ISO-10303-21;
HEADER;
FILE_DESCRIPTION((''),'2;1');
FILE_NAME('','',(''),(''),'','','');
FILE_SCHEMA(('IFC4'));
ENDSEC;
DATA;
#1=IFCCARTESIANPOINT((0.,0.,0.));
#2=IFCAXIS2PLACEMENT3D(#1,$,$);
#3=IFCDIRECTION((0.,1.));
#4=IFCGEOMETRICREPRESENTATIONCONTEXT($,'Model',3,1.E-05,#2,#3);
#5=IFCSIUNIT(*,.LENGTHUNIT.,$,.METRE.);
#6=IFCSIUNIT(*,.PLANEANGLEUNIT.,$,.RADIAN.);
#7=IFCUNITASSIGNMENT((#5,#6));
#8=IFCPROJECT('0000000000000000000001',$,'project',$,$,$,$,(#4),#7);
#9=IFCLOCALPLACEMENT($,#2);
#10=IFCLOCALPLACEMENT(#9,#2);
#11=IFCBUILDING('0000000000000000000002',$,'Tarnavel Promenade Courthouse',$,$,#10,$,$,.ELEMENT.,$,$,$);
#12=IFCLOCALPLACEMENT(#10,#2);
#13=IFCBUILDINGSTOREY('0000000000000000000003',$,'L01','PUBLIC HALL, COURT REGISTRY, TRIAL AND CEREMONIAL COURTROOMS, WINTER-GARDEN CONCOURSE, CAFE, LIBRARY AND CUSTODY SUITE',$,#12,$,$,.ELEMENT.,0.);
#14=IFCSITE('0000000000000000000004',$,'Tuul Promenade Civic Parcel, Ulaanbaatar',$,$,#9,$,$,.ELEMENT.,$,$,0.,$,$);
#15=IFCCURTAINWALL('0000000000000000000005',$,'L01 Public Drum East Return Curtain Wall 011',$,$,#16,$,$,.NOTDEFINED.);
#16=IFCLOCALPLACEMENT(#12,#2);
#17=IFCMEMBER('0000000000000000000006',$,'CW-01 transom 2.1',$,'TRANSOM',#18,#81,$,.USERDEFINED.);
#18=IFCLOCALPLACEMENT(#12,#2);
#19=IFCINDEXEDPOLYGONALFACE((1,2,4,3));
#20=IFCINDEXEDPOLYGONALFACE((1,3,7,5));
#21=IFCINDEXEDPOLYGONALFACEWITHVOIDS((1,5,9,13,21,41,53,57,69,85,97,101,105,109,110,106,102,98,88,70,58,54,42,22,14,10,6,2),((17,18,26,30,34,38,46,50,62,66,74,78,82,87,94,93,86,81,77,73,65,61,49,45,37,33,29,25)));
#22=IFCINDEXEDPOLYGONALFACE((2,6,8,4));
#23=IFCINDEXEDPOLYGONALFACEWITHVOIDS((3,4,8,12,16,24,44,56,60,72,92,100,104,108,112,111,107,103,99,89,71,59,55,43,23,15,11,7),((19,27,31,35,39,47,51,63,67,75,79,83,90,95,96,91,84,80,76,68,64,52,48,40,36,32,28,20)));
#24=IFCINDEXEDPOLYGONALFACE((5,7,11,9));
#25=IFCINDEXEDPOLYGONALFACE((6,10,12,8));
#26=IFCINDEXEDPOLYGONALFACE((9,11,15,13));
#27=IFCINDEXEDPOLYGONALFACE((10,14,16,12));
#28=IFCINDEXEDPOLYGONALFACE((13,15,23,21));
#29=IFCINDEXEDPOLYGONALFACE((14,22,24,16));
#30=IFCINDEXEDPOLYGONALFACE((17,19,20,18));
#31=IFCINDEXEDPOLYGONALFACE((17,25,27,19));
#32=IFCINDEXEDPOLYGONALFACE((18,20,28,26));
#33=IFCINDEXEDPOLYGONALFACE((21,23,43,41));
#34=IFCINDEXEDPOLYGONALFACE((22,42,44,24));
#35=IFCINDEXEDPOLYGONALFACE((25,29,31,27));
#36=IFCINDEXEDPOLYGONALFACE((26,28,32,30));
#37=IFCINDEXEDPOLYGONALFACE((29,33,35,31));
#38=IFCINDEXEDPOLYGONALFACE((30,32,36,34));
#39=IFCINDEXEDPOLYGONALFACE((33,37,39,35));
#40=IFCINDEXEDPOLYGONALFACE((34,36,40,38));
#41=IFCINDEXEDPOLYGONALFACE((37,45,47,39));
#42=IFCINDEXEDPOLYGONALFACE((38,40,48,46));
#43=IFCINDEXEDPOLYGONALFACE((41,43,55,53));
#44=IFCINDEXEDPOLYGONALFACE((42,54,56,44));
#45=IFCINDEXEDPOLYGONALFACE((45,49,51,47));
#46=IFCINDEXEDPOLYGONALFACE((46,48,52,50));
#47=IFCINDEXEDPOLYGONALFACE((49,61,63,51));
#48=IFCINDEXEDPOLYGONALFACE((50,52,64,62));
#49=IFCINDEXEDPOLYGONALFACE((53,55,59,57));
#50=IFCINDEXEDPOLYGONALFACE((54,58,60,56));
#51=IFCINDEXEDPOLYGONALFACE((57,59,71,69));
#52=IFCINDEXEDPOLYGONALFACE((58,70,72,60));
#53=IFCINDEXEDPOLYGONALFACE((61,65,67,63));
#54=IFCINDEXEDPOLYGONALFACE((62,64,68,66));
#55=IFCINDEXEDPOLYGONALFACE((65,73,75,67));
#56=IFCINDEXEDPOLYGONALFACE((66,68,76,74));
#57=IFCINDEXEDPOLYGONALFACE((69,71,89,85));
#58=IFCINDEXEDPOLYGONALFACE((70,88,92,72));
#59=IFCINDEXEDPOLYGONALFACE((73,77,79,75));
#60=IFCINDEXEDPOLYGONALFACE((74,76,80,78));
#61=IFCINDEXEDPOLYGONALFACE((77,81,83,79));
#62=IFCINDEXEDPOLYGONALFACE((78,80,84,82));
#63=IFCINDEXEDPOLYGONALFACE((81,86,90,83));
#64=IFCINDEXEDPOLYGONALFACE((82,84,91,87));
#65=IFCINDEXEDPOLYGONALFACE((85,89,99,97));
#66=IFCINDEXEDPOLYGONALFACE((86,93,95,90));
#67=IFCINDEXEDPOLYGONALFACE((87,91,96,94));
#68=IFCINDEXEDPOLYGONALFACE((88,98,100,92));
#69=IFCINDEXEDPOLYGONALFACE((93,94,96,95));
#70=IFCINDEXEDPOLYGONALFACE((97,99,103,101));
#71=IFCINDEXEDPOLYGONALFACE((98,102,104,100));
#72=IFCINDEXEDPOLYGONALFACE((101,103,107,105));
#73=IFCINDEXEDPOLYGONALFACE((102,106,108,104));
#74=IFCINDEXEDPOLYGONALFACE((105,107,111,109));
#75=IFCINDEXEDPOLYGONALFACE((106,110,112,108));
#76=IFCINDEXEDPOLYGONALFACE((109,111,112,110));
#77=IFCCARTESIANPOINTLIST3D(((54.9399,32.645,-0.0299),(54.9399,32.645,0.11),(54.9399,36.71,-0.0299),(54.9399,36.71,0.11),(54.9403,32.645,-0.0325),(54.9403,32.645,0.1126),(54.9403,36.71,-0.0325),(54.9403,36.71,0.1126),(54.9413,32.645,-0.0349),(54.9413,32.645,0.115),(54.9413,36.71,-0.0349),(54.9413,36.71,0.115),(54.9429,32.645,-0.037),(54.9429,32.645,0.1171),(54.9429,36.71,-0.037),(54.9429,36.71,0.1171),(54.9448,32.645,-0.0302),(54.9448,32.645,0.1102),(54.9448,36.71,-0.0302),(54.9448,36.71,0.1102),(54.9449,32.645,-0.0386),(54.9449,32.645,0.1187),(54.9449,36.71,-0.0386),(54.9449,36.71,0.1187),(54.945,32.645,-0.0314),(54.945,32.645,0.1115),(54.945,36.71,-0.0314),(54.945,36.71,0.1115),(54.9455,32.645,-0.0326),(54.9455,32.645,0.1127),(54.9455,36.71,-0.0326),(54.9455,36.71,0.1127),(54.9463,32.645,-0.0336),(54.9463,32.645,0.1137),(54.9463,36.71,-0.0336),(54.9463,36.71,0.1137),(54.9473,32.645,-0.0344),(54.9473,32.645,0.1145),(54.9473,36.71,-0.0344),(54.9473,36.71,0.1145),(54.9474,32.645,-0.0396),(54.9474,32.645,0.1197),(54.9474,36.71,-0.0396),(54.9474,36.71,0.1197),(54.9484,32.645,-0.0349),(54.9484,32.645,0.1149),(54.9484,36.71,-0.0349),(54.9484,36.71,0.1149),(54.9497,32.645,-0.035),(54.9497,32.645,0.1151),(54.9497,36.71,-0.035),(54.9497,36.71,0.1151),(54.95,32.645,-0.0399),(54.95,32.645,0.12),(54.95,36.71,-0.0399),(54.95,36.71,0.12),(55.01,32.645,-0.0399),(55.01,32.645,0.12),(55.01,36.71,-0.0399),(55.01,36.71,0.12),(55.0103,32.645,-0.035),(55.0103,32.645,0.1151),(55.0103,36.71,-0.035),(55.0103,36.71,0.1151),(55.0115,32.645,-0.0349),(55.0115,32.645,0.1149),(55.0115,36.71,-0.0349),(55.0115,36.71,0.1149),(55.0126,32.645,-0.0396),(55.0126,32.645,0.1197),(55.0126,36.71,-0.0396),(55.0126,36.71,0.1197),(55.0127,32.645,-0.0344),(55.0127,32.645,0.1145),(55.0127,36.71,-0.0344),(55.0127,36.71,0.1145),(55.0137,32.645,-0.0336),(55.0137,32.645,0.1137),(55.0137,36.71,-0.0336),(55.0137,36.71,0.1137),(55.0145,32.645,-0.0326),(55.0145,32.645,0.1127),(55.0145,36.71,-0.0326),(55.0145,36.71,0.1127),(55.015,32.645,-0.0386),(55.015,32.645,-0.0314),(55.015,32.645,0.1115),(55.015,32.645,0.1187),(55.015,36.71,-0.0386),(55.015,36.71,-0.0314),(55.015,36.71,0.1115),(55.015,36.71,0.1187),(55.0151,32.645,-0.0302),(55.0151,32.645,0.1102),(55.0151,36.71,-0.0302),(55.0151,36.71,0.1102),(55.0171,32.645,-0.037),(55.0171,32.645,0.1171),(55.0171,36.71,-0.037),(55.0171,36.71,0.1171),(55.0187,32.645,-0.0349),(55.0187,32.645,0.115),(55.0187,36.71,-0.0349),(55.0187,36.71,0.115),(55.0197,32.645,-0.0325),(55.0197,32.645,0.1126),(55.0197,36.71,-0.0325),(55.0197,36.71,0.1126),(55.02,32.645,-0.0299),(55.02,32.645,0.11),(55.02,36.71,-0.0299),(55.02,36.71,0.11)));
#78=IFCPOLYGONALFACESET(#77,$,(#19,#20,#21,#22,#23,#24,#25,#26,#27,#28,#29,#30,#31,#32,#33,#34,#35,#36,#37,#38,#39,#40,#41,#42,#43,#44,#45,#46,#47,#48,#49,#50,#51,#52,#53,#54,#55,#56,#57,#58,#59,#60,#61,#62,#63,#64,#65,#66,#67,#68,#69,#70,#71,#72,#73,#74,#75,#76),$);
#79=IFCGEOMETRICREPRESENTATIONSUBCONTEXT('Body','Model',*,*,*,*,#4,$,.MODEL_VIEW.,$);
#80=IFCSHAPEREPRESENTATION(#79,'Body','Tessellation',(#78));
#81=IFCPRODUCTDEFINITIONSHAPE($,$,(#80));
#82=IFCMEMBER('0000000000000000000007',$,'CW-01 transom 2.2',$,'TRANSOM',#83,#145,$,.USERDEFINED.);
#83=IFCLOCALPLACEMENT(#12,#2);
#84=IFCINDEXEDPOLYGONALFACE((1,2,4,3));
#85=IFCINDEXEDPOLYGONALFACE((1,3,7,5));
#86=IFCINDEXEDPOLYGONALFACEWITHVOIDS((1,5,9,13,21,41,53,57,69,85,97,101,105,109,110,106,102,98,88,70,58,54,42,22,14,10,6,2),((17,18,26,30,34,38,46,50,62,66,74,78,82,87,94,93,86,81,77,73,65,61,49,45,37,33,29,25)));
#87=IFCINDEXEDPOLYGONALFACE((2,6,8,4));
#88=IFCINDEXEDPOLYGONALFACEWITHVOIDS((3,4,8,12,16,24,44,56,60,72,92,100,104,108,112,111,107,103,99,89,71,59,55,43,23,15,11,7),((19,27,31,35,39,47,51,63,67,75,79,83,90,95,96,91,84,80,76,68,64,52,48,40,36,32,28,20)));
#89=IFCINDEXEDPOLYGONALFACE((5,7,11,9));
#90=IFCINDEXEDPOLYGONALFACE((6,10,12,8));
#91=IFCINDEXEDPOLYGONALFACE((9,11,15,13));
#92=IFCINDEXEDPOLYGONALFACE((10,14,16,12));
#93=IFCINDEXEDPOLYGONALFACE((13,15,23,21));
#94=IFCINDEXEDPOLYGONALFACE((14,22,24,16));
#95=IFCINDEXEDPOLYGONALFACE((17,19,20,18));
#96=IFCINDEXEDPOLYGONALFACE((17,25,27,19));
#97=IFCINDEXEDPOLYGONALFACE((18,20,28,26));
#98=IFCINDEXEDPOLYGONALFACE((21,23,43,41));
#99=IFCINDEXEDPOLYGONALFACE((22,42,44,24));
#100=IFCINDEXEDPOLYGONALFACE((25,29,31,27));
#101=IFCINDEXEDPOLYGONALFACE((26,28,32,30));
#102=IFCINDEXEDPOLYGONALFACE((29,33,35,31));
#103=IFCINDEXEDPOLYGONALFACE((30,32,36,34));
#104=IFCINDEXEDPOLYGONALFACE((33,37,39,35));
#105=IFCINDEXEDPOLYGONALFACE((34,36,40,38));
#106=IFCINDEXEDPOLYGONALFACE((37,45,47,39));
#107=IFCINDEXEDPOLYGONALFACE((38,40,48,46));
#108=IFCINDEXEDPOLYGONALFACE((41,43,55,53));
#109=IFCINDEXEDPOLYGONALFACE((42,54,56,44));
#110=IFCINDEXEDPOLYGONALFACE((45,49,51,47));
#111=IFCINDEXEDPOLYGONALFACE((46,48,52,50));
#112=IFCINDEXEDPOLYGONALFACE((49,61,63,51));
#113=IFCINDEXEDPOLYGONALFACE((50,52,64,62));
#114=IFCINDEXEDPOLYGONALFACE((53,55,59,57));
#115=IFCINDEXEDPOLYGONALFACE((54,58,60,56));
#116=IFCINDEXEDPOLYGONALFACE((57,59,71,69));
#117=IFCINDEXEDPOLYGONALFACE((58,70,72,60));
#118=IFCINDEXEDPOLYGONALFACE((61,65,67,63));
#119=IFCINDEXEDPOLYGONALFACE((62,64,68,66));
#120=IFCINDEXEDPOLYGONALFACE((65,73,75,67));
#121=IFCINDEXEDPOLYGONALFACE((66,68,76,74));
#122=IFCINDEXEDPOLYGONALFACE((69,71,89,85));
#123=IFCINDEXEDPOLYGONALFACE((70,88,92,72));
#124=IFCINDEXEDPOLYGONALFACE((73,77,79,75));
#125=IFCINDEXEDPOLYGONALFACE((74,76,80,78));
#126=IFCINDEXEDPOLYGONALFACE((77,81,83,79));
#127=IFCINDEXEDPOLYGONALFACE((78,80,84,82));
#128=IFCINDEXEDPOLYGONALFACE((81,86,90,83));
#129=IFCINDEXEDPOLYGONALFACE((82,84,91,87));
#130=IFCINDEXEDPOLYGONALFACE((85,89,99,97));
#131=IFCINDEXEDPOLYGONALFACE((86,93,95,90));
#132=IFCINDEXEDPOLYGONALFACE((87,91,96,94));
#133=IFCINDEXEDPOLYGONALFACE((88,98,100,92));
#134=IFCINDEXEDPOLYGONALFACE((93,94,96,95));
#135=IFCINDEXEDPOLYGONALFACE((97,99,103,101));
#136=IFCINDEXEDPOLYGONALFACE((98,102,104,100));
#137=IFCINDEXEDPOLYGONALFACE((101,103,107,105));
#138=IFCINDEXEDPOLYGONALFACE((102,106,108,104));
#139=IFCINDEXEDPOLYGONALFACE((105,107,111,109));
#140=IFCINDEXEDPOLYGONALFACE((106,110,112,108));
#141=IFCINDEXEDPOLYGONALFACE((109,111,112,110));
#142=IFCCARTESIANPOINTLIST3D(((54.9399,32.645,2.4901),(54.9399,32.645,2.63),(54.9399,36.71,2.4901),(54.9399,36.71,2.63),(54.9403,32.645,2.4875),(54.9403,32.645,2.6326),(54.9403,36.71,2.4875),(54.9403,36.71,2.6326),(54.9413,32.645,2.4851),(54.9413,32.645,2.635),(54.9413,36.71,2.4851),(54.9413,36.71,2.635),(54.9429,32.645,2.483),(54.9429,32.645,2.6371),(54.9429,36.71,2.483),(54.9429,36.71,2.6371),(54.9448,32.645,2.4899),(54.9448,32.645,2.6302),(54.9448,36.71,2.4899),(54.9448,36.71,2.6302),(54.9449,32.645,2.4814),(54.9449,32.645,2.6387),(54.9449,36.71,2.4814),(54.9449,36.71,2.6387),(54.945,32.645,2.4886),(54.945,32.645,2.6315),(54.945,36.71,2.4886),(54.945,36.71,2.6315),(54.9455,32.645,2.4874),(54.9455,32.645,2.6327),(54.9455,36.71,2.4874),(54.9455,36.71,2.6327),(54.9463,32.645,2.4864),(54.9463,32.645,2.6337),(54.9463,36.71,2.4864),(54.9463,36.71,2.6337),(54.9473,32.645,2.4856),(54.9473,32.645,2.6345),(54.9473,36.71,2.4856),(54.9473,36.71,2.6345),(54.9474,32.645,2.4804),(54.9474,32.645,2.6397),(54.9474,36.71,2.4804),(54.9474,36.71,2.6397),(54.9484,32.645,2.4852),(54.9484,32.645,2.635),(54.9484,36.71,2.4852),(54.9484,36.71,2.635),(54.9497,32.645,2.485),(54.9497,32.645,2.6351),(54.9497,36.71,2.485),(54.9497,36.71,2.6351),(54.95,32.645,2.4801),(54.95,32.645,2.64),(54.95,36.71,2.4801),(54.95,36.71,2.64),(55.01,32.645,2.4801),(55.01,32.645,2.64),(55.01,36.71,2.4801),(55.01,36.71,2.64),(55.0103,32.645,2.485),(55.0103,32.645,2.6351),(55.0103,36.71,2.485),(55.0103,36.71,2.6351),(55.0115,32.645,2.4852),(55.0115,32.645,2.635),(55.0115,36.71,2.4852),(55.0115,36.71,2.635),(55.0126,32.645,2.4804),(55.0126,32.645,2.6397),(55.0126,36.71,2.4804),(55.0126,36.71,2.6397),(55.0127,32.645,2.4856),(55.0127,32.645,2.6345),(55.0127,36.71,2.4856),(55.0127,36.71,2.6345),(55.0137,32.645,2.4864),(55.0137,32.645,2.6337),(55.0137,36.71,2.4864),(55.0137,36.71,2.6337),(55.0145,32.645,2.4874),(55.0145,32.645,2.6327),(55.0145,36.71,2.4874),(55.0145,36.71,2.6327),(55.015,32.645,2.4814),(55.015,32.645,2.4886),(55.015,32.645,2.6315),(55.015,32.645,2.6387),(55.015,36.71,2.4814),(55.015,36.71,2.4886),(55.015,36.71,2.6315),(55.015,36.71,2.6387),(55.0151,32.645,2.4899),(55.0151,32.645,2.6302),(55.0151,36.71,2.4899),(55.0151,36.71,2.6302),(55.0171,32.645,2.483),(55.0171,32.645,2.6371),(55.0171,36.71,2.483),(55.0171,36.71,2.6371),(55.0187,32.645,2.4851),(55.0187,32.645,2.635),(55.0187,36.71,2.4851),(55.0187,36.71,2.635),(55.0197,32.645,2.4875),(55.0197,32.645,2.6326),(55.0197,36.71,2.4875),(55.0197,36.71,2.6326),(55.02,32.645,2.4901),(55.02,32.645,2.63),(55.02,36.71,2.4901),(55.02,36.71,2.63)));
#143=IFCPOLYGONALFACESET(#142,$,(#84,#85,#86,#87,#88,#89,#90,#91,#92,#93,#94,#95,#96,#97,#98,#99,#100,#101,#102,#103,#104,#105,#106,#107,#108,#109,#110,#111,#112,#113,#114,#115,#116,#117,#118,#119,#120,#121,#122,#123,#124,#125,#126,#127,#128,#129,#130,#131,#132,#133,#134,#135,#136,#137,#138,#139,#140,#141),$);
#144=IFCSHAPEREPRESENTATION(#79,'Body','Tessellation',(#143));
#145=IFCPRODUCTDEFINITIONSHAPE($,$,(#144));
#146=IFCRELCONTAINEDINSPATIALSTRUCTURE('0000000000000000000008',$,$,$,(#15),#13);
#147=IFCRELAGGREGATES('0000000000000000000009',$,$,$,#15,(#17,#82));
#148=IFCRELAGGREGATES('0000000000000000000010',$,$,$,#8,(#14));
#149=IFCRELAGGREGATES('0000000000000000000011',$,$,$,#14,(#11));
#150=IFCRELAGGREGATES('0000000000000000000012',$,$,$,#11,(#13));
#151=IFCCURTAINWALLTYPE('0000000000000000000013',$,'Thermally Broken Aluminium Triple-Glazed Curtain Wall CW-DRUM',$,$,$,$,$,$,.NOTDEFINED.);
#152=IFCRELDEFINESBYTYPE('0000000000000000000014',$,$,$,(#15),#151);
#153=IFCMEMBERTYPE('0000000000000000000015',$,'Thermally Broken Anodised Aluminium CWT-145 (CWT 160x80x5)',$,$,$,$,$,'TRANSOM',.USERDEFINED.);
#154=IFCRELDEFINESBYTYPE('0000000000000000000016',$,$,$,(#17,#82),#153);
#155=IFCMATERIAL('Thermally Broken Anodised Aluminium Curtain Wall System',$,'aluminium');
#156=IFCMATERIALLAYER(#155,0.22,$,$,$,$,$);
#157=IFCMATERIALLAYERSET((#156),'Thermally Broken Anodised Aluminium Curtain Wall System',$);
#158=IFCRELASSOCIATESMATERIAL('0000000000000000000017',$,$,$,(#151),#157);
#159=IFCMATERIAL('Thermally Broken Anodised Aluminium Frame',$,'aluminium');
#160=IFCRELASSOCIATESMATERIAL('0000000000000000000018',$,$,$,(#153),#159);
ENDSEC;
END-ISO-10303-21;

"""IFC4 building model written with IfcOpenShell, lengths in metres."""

from ifc_helpers import new_model, si_unit, direction, frame, origin, origin_2d, place, context, subcontext, project, spatial, hollow_rectangle, extrude, material, layer, layer_set, material_profile, profile_set, type_object, element, aggregate, save


model = new_model("IFC4")

# Units and contexts
model_context = context("Model", 3, precision=1e-05, world=origin(), true_north=direction((0.0, 1.0)))
body_context = subcontext(model_context, "Body", "Model", "MODEL_VIEW")
ifc_project = project(units=[si_unit("LENGTHUNIT", "METRE"), si_unit("PLANEANGLEUNIT", "RADIAN")], contexts=[model_context])

# Site, building, storey
site_placement = place(None, origin())
site = spatial("IfcSite", under=ifc_project, at=site_placement, Name="Tuul Promenade Civic Parcel, Ulaanbaatar", CompositionType="ELEMENT", RefElevation=0.0)
building_placement = place(site_placement, origin())
building = spatial("IfcBuilding", under=site, at=building_placement, Name="Tarnavel Promenade Courthouse", CompositionType="ELEMENT")
storey_placement = place(building_placement, origin())
storey = spatial("IfcBuildingStorey", under=building, at=storey_placement, Name="L01", Description="PUBLIC HALL, COURT REGISTRY, TRIAL AND CEREMONIAL COURTROOMS, WINTER-GARDEN CONCOURSE, CAFE, LIBRARY AND CUSTODY SUITE", CompositionType="ELEMENT", Elevation=0.0)

# Curtain wall
ifc_material_1 = material(Name="Thermally Broken Anodised Aluminium Curtain Wall System", Category="aluminium")
ifc_layer_1 = layer(ifc_material_1, 0.22)
ifc_layer_set_1 = layer_set([ifc_layer_1], Name="Thermally Broken Anodised Aluminium Curtain Wall System")
curtain_wall_type_1 = type_object("IfcCurtainWallType", Name="Thermally Broken Aluminium Triple-Glazed Curtain Wall CW-DRUM", PredefinedType="NOTDEFINED", material=ifc_layer_set_1)
ifc_material_2 = material(Name="Thermally Broken Anodised Aluminium Frame", Category="aluminium")
curtain_wall_1_placement = place(storey_placement, origin())
curtain_wall_1 = element("IfcCurtainWall", 1, at=curtain_wall_1_placement, inside=storey, type_object=curtain_wall_type_1, Name="L01 Public Drum East Return Curtain Wall 011", PredefinedType="NOTDEFINED")

# Members
ifc_material_profile_1 = material_profile(ifc_material_2, hollow_rectangle(XDim=0.0801, YDim=0.1599, WallThickness=0.0049, InnerFilletRadius=0.0049, OuterFilletRadius=0.01, at=origin_2d()), Name="CWT 160x80x5")
ifc_profile_set_1 = profile_set([ifc_material_profile_1], Name="Thermally Broken Anodised Aluminium Frame")
member_type_1 = type_object("IfcMemberType", Name="Thermally Broken Anodised Aluminium CWT-145 (CWT 160x80x5)", ElementType="TRANSOM", PredefinedType="USERDEFINED", material=ifc_profile_set_1)
member_1_placement = place(storey_placement, frame((54.98, 32.645, 0.04), z_axis=(0.0, 1.0, 0.0), x_axis=(-1.0, 0.0, 0.0)))
member_1 = element("IfcMember", 2, at=member_1_placement, type_object=member_type_1, Name="CW-01 transom 2.1", ObjectType="TRANSOM", PredefinedType="USERDEFINED", context=body_context, shape_type="SweptSolid", body=[
    extrude(hollow_rectangle(XDim=0.0801, YDim=0.1599, WallThickness=0.0049, InnerFilletRadius=0.0049, OuterFilletRadius=0.01, at=origin_2d()), origin(), (0.0, 0.0, 1.0), 4.0649),
])
member_2_placement = place(storey_placement, frame((54.98, 32.645, 2.5601), z_axis=(0.0, 1.0, 0.0), x_axis=(-1.0, 0.0, 0.0)))
member_2 = element("IfcMember", 3, at=member_2_placement, type_object=member_type_1, Name="CW-01 transom 2.2", ObjectType="TRANSOM", PredefinedType="USERDEFINED", context=body_context, shape_type="SweptSolid", body=[
    extrude(hollow_rectangle(XDim=0.0801, YDim=0.1599, WallThickness=0.0049, InnerFilletRadius=0.0049, OuterFilletRadius=0.01, at=origin_2d()), origin(), (0.0, 0.0, 1.0), 4.0649),
])

aggregate(curtain_wall_1, [member_1, member_2])

save(model, "model.ifc")
